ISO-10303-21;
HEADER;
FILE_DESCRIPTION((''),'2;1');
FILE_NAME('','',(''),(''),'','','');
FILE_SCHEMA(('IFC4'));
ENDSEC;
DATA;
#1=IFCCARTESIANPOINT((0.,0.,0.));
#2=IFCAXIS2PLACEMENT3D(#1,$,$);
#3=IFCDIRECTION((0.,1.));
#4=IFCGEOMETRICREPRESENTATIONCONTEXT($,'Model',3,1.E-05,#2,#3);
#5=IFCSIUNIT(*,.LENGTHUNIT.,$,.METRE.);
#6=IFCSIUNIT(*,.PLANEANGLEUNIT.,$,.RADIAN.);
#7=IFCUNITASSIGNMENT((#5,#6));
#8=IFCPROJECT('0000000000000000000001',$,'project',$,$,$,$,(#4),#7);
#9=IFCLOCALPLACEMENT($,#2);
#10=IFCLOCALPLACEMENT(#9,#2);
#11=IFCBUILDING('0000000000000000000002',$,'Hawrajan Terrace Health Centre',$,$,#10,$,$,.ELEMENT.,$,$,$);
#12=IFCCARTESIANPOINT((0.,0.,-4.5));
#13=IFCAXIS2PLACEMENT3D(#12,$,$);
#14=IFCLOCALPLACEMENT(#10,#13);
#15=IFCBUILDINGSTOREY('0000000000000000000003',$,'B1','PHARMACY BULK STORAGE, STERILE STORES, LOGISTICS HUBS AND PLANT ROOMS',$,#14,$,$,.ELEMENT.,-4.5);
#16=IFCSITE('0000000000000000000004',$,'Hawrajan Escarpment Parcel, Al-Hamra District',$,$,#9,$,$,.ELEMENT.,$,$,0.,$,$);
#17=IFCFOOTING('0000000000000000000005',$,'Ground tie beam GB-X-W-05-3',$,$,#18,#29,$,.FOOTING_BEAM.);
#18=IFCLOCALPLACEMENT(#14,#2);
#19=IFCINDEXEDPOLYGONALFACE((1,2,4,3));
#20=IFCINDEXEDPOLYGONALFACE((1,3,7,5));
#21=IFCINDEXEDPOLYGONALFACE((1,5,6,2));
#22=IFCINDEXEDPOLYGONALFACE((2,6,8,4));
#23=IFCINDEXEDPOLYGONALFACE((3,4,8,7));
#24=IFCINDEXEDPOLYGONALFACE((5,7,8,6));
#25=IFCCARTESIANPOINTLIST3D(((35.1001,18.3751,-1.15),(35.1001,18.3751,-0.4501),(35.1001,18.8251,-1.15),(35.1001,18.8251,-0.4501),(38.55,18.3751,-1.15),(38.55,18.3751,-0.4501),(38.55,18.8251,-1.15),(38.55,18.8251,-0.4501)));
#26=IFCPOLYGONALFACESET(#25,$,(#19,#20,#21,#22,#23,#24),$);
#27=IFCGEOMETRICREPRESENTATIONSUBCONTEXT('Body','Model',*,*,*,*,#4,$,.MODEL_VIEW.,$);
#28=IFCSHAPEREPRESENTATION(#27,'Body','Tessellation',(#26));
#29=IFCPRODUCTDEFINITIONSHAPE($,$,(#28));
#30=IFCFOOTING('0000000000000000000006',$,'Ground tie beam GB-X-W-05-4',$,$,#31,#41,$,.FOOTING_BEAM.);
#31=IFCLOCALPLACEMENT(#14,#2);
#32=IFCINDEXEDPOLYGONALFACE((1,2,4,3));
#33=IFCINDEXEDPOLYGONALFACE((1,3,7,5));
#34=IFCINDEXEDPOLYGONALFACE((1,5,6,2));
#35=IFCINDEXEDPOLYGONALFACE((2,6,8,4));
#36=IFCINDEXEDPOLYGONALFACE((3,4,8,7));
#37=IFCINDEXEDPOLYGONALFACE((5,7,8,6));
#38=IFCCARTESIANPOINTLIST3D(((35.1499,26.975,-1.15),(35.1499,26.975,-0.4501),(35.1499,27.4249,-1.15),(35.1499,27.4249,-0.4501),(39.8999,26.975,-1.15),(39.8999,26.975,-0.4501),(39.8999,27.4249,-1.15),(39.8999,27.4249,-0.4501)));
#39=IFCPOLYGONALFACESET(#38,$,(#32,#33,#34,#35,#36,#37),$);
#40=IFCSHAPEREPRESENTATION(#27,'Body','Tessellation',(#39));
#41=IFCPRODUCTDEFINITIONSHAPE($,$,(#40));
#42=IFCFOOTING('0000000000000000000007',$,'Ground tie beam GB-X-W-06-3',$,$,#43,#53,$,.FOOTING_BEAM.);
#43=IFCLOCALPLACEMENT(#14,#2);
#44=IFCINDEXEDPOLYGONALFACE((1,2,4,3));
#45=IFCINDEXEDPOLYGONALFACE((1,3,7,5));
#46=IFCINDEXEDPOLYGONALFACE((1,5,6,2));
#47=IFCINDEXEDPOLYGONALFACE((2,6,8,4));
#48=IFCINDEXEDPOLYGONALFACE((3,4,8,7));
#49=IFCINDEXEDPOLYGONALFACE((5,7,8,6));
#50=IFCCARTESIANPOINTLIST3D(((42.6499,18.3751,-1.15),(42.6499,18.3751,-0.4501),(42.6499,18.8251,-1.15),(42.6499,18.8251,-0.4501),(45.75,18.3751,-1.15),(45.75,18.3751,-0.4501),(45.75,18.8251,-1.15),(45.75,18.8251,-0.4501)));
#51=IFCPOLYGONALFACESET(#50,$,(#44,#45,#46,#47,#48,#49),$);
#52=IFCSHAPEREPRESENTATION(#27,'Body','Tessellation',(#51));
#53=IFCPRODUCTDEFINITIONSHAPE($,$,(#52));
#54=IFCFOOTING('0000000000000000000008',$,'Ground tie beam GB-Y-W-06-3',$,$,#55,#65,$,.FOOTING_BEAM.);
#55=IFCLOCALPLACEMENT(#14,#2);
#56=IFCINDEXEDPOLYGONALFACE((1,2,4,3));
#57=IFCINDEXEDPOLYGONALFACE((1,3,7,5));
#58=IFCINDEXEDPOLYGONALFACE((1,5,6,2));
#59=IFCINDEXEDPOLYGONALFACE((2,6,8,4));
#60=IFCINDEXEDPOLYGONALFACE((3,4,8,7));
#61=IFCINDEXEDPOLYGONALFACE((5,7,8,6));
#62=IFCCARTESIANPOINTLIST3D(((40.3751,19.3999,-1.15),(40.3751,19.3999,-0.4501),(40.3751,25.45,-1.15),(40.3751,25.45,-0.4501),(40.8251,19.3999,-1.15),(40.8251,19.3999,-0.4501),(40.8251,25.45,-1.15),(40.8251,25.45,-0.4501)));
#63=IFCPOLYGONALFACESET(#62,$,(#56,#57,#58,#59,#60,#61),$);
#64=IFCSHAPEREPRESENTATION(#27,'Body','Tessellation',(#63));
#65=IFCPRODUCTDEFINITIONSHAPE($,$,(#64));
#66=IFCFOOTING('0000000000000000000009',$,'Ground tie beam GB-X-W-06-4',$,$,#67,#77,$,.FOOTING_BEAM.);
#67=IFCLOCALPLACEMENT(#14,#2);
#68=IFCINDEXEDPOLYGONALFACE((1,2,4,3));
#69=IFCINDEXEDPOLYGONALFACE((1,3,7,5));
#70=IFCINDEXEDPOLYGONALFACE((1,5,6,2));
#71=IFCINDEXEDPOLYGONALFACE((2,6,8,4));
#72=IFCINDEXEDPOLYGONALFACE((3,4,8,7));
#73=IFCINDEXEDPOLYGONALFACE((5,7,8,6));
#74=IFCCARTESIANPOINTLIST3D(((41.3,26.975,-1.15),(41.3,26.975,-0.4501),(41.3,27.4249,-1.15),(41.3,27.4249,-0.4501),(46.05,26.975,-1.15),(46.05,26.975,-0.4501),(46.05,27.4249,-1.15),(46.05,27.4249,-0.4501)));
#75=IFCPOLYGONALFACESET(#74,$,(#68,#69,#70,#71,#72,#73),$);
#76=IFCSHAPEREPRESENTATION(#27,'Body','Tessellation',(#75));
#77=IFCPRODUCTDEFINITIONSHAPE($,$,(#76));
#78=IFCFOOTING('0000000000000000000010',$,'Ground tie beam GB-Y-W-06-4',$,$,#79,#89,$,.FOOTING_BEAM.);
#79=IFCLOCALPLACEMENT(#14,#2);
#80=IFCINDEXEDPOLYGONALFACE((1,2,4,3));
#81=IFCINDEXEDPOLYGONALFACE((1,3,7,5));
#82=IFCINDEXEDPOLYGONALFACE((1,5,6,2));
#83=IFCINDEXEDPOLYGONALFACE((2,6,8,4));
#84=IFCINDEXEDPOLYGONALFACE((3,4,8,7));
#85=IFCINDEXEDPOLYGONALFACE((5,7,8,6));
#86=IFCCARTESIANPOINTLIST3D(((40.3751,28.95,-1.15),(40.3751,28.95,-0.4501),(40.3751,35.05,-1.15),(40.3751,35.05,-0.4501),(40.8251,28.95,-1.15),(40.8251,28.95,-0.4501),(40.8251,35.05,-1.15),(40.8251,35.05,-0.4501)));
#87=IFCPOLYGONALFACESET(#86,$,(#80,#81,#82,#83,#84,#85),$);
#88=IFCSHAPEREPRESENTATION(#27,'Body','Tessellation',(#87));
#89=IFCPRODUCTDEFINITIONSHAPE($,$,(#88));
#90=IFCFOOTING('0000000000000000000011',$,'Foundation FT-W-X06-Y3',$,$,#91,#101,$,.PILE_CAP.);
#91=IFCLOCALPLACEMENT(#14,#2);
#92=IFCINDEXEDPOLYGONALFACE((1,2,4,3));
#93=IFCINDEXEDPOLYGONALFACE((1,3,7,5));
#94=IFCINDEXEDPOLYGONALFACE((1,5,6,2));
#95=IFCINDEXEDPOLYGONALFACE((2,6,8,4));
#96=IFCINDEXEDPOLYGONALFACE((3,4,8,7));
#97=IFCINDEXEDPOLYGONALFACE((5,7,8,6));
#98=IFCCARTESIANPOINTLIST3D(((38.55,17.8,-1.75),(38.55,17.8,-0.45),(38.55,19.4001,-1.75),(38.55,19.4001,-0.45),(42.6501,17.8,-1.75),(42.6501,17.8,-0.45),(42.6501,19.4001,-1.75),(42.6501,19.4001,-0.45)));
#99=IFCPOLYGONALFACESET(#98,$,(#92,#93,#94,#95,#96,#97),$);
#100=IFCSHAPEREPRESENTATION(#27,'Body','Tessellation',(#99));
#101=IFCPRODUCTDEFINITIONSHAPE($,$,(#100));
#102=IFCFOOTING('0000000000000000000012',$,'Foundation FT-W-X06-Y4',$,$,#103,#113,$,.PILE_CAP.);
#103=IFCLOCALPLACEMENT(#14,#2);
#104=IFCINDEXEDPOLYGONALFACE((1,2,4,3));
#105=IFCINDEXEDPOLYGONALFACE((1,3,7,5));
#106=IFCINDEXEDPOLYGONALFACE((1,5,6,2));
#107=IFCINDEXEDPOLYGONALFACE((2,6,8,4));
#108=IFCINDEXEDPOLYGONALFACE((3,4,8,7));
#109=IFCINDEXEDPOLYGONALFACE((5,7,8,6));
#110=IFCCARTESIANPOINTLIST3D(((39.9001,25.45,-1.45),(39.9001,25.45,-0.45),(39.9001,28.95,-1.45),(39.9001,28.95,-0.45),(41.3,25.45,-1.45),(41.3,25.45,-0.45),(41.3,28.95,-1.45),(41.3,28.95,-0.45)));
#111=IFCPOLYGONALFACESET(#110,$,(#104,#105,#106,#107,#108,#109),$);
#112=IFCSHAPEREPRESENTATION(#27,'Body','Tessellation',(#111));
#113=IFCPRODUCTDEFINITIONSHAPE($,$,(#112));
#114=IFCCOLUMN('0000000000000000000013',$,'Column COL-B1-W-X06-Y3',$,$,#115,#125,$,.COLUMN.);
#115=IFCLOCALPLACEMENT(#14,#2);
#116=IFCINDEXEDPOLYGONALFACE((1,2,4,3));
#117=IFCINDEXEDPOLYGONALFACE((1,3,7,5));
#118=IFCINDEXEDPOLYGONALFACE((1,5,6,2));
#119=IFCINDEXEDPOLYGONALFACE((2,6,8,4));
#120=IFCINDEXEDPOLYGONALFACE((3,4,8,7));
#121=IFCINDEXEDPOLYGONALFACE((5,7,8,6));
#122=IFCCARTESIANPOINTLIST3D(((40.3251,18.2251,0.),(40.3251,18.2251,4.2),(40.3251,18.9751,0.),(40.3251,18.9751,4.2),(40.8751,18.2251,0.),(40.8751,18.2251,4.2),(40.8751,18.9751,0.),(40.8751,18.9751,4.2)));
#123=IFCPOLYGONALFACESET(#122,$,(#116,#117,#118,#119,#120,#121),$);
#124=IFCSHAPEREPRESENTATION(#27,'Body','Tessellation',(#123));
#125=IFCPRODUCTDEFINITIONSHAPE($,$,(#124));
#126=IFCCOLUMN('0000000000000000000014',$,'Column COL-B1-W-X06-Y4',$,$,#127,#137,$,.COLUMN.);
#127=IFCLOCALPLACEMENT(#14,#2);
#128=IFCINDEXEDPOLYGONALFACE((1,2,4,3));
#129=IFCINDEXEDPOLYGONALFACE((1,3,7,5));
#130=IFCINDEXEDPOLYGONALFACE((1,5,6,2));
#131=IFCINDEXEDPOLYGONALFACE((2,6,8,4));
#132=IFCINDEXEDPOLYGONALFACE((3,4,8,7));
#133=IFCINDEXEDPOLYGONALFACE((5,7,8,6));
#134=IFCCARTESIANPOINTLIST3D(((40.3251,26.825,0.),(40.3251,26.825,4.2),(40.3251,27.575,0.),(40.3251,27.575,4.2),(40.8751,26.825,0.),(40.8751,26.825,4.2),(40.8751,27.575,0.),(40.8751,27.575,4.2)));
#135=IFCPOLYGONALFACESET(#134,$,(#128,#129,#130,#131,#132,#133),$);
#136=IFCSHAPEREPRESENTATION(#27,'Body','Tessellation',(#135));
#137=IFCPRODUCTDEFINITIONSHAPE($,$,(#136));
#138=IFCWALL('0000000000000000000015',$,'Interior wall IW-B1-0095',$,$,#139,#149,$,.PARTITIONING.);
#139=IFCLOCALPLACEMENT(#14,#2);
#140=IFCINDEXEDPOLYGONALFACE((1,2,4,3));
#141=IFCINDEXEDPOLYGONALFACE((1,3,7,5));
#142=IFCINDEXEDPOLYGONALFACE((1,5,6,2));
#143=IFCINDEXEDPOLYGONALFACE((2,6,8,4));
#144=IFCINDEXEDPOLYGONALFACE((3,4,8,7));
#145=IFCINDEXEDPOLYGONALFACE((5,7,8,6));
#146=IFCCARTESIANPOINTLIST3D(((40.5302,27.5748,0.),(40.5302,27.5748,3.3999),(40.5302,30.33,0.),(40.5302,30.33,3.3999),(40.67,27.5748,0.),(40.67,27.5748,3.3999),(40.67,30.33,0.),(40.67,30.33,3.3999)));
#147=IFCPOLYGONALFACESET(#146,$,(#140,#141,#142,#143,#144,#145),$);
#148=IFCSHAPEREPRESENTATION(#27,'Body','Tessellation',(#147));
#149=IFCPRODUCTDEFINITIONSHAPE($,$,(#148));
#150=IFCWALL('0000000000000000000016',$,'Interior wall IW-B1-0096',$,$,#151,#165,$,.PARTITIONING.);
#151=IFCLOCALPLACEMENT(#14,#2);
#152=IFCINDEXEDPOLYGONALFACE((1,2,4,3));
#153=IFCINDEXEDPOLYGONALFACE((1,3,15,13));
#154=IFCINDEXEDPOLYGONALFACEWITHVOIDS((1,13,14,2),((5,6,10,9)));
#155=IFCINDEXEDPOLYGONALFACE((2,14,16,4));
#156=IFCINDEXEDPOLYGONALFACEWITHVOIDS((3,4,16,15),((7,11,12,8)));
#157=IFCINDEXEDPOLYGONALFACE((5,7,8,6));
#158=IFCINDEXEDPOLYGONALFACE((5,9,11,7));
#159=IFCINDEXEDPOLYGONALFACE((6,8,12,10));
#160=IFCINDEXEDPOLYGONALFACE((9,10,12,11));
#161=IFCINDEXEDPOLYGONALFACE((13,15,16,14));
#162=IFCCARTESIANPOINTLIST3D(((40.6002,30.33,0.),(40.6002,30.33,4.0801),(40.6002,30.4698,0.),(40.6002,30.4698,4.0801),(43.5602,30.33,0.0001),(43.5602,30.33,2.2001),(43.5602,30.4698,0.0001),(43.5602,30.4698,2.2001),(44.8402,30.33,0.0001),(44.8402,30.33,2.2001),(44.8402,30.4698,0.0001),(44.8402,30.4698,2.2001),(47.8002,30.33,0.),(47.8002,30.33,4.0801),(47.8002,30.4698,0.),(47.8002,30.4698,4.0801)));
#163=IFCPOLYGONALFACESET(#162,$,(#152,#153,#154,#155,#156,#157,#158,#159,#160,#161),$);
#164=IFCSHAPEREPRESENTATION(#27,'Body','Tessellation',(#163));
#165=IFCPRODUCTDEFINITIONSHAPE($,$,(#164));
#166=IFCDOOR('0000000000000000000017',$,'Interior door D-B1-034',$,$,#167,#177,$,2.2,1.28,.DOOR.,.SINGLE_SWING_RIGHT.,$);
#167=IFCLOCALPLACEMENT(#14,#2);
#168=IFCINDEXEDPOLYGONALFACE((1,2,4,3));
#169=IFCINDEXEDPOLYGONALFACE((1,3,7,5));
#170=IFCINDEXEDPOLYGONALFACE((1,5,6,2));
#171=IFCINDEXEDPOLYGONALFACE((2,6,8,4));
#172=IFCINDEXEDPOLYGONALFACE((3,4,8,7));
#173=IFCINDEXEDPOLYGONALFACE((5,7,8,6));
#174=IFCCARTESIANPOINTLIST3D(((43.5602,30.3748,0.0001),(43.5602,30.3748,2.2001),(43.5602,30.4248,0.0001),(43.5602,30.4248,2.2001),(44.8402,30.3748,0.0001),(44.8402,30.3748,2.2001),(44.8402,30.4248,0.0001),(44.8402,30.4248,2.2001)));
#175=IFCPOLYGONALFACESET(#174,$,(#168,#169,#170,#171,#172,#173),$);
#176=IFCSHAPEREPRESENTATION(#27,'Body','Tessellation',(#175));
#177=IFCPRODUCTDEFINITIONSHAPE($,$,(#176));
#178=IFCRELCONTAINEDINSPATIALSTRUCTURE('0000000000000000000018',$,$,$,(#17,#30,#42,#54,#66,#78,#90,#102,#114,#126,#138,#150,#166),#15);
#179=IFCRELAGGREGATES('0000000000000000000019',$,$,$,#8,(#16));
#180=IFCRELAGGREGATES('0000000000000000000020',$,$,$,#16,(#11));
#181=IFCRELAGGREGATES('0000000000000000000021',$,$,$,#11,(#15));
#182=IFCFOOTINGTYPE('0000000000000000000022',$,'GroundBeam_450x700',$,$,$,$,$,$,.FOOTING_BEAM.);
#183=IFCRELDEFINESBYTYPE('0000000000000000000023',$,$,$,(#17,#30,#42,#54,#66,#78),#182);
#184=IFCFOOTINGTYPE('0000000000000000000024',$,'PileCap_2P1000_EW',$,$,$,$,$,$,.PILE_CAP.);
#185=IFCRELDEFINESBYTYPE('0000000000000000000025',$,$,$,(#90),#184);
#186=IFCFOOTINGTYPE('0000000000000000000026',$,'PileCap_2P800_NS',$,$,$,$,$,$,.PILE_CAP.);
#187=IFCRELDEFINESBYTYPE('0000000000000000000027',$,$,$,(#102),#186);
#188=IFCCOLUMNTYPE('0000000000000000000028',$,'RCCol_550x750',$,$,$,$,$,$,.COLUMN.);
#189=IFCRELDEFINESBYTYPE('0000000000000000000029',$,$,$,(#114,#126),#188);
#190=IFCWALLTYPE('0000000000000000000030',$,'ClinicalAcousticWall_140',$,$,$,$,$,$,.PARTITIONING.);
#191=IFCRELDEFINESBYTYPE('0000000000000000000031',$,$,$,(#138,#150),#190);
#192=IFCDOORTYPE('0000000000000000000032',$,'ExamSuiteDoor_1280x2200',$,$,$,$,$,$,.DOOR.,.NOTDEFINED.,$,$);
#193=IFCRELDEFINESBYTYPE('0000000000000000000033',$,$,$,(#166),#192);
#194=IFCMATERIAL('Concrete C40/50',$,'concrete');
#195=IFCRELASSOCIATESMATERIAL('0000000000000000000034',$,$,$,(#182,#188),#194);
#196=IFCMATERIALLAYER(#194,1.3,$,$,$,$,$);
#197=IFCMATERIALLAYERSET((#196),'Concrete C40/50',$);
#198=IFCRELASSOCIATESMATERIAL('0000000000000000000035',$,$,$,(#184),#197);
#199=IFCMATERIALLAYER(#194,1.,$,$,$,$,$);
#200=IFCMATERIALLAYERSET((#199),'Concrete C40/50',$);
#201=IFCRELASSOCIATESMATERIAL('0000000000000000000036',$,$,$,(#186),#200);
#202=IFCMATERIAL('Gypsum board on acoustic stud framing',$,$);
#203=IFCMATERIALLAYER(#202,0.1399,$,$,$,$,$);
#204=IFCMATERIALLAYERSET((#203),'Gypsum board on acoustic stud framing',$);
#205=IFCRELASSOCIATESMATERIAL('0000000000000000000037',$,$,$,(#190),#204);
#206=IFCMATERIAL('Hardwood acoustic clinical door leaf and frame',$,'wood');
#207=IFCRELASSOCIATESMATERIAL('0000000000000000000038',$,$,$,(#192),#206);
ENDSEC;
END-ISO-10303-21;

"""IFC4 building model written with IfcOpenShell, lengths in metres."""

from ifc_helpers import new_model, si_unit, direction, frame, frame_2d, origin, origin_2d, place, context, subcontext, project, spatial, rectangle, extrude, material, layer, layer_set, material_profile, profile_set, type_object, element, fill, save


model = new_model("IFC4")

# Units and contexts
model_context = context("Model", 3, precision=1e-05, world=origin(), true_north=direction((0.0, 1.0)))
body_context = subcontext(model_context, "Body", "Model", "MODEL_VIEW")
ifc_project = project(units=[si_unit("LENGTHUNIT", "METRE"), si_unit("PLANEANGLEUNIT", "RADIAN")], contexts=[model_context])

# Site, building, storey
site_placement = place(None, origin())
site = spatial("IfcSite", under=ifc_project, at=site_placement, Name="Hawrajan Escarpment Parcel, Al-Hamra District", CompositionType="ELEMENT", RefElevation=0.0)
building_placement = place(site_placement, origin())
building = spatial("IfcBuilding", under=site, at=building_placement, Name="Hawrajan Terrace Health Centre", CompositionType="ELEMENT")
storey_placement = place(building_placement, frame((0.0, 0.0, -4.5)))
storey = spatial("IfcBuildingStorey", under=building, at=storey_placement, Name="B1", Description="PHARMACY BULK STORAGE, STERILE STORES, LOGISTICS HUBS AND PLANT ROOMS", CompositionType="ELEMENT", Elevation=-4.5)

# Shared definitions
ifc_material_1 = material(Name="Concrete C40/50", Category="concrete")

# Footings
ifc_material_profile_1 = material_profile(ifc_material_1, rectangle(XDim=0.45, YDim=0.7, at=origin_2d()), Name="RC BM 450x700")
ifc_profile_set_1 = profile_set([ifc_material_profile_1], Name="Concrete C40/50")
footing_type_1 = type_object("IfcFootingType", Name="GroundBeam_450x700", PredefinedType="FOOTING_BEAM", material=ifc_profile_set_1)
footing_1_placement = place(storey_placement, frame((35.1001, 18.6001, -0.8), z_axis=(1.0, 0.0, 0.0), x_axis=(0.0, 1.0, 0.0)))
element("IfcFooting", 1, at=footing_1_placement, inside=storey, type_object=footing_type_1, Name="Ground tie beam GB-X-W-05-3", PredefinedType="FOOTING_BEAM", context=body_context, shape_type="SweptSolid", body=[
    extrude(rectangle(XDim=0.45, YDim=0.7, at=origin_2d()), origin(), (0.0, 0.0, 1.0), 3.45),
])
footing_2_placement = place(storey_placement, frame((35.1499, 27.2, -0.8), z_axis=(1.0, 0.0, 0.0), x_axis=(0.0, 1.0, 0.0)))
element("IfcFooting", 2, at=footing_2_placement, inside=storey, type_object=footing_type_1, Name="Ground tie beam GB-X-W-05-4", PredefinedType="FOOTING_BEAM", context=body_context, shape_type="SweptSolid", body=[
    extrude(rectangle(XDim=0.45, YDim=0.7, at=origin_2d()), origin(), (0.0, 0.0, 1.0), 4.75),
])
footing_3_placement = place(storey_placement, frame((42.6499, 18.6001, -0.8), z_axis=(1.0, 0.0, 0.0), x_axis=(0.0, 1.0, 0.0)))
element("IfcFooting", 3, at=footing_3_placement, inside=storey, type_object=footing_type_1, Name="Ground tie beam GB-X-W-06-3", PredefinedType="FOOTING_BEAM", context=body_context, shape_type="SweptSolid", body=[
    extrude(rectangle(XDim=0.45, YDim=0.7, at=origin_2d()), origin(), (0.0, 0.0, 1.0), 3.1001),
])
footing_4_placement = place(storey_placement, frame((40.6001, 19.3999, -0.8), z_axis=(0.0, 1.0, 0.0), x_axis=(-1.0, 0.0, 0.0)))
element("IfcFooting", 4, at=footing_4_placement, inside=storey, type_object=footing_type_1, Name="Ground tie beam GB-Y-W-06-3", PredefinedType="FOOTING_BEAM", context=body_context, shape_type="SweptSolid", body=[
    extrude(rectangle(XDim=0.45, YDim=0.7, at=origin_2d()), origin(), (0.0, 0.0, 1.0), 6.05),
])
footing_5_placement = place(storey_placement, frame((41.3, 27.2, -0.8), z_axis=(1.0, 0.0, 0.0), x_axis=(0.0, 1.0, 0.0)))
element("IfcFooting", 5, at=footing_5_placement, inside=storey, type_object=footing_type_1, Name="Ground tie beam GB-X-W-06-4", PredefinedType="FOOTING_BEAM", context=body_context, shape_type="SweptSolid", body=[
    extrude(rectangle(XDim=0.45, YDim=0.7, at=origin_2d()), origin(), (0.0, 0.0, 1.0), 4.75),
])
footing_6_placement = place(storey_placement, frame((40.6001, 28.95, -0.8), z_axis=(0.0, 1.0, 0.0), x_axis=(-1.0, 0.0, 0.0)))
element("IfcFooting", 6, at=footing_6_placement, inside=storey, type_object=footing_type_1, Name="Ground tie beam GB-Y-W-06-4", PredefinedType="FOOTING_BEAM", context=body_context, shape_type="SweptSolid", body=[
    extrude(rectangle(XDim=0.45, YDim=0.7, at=origin_2d()), origin(), (0.0, 0.0, 1.0), 6.1001),
])
ifc_layer_1 = layer(ifc_material_1, 1.3)
ifc_layer_set_1 = layer_set([ifc_layer_1], Name="Concrete C40/50")
footing_type_2 = type_object("IfcFootingType", Name="PileCap_2P1000_EW", PredefinedType="PILE_CAP", material=ifc_layer_set_1)
footing_7_placement = place(storey_placement, frame((40.6001, 18.6001, -1.75), z_axis=(0.0, 0.0, 1.0), x_axis=(1.0, 0.0, 0.0)))
element("IfcFooting", 7, at=footing_7_placement, inside=storey, type_object=footing_type_2, Name="Foundation FT-W-X06-Y3", PredefinedType="PILE_CAP", context=body_context, shape_type="SweptSolid", body=[
    extrude(rectangle(XDim=4.1001, YDim=1.6001, at=origin_2d()), origin(), (0.0, 0.0, 1.0), 1.3),
])
ifc_layer_2 = layer(ifc_material_1, 1.0)
ifc_layer_set_2 = layer_set([ifc_layer_2], Name="Concrete C40/50")
footing_type_3 = type_object("IfcFootingType", Name="PileCap_2P800_NS", PredefinedType="PILE_CAP", material=ifc_layer_set_2)
footing_8_placement = place(storey_placement, frame((40.6001, 27.2, -1.45), z_axis=(0.0, 0.0, 1.0), x_axis=(1.0, 0.0, 0.0)))
element("IfcFooting", 8, at=footing_8_placement, inside=storey, type_object=footing_type_3, Name="Foundation FT-W-X06-Y4", PredefinedType="PILE_CAP", context=body_context, shape_type="SweptSolid", body=[
    extrude(rectangle(XDim=1.3999, YDim=3.5, at=origin_2d()), origin(), (0.0, 0.0, 1.0), 1.0),
])

# Columns
ifc_material_profile_2 = material_profile(ifc_material_1, rectangle(XDim=0.55, YDim=0.75, at=origin_2d()), Name="RC 550x750")
ifc_profile_set_2 = profile_set([ifc_material_profile_2], Name="Concrete C40/50")
column_type = type_object("IfcColumnType", Name="RCCol_550x750", PredefinedType="COLUMN", material=ifc_profile_set_2)
for number, where, z_axis, x_axis, name in (
    (9, (40.6001, 18.6001, 0.0), (0.0, 0.0, 1.0), (1.0, 0.0, 0.0), "Column COL-B1-W-X06-Y3"),
    (10, (40.6001, 27.2, 0.0), (0.0, 0.0, 1.0), (1.0, 0.0, 0.0), "Column COL-B1-W-X06-Y4"),
):
    element("IfcColumn", number, at=place(storey_placement, frame(where, z_axis=z_axis, x_axis=x_axis)), inside=storey, type_object=column_type, Name=name, PredefinedType="COLUMN", context=body_context, shape_type="SweptSolid", body=[
        extrude(rectangle(XDim=0.55, YDim=0.75, at=origin_2d()), origin(), (0.0, 0.0, 1.0), 4.2),
    ])

# Wall
ifc_material_2 = material(Name="Gypsum board on acoustic stud framing")
ifc_layer_3 = layer(ifc_material_2, 0.1399)
ifc_layer_set_3 = layer_set([ifc_layer_3], Name="Gypsum board on acoustic stud framing")
wall_type_1 = type_object("IfcWallType", Name="ClinicalAcousticWall_140", PredefinedType="PARTITIONING", material=ifc_layer_set_3)
wall_1_placement = place(storey_placement, frame((40.6001, 27.575, 0.0), z_axis=(0.0, 0.0, 1.0), x_axis=(0.0, 1.0, 0.0)))
element("IfcWall", 11, at=wall_1_placement, inside=storey, type_object=wall_type_1, Name="Interior wall IW-B1-0095", PredefinedType="PARTITIONING", context=body_context, shape_type="SweptSolid", body=[
    extrude(rectangle(XDim=2.7551, YDim=0.1399, at=frame_2d((1.3774, 0.0))), origin(), (0.0, 0.0, 1.0), 3.3999),
])

# Wall, opening, door
wall_2_placement = place(storey_placement, frame((40.6001, 30.3999, 0.0), z_axis=(0.0, 0.0, 1.0), x_axis=(1.0, 0.0, 0.0)))
wall_2 = element("IfcWall", 12, at=wall_2_placement, inside=storey, type_object=wall_type_1, Name="Interior wall IW-B1-0096", PredefinedType="PARTITIONING", context=body_context, shape_type="SweptSolid", body=[
    extrude(rectangle(XDim=7.2, YDim=0.1399, at=frame_2d((3.6001, 0.0))), origin(), (0.0, 0.0, 1.0), 4.0801),
])
opening_1_placement = place(wall_2_placement, frame((2.96, 0.0, 0.0)))
opening_1 = element("IfcOpeningElement", 13, at=opening_1_placement, cuts=wall_2, PredefinedType="OPENING", context=body_context, shape_type="SweptSolid", body=[
    extrude(rectangle(XDim=1.28, YDim=2.2, at=frame_2d((0.6401, 1.1001))), frame((0.0, 0.0798, 0.0), z_axis=(0.0, -1.0, 0.0), x_axis=(1.0, 0.0, 0.0)), (0.0, 0.0, 1.0), 0.1599),
])
ifc_material_3 = material(Name="Hardwood acoustic clinical door leaf and frame", Category="wood")
door_type_1 = type_object("IfcDoorType", Name="ExamSuiteDoor_1280x2200", OperationType="NOTDEFINED", PredefinedType="DOOR", material=ifc_material_3)
door_1_placement = place(opening_1_placement, origin())
door_1 = element("IfcDoor", 14, at=door_1_placement, inside=storey, type_object=door_type_1, Name="Interior door D-B1-034", OperationType="SINGLE_SWING_RIGHT", OverallHeight=2.2, OverallWidth=1.28, PredefinedType="DOOR", context=body_context, shape_type="SweptSolid", body=[
    extrude(rectangle(XDim=1.28, YDim=2.2, at=frame_2d((0.6401, 1.1001))), frame((0.0, 0.0249, 0.0), z_axis=(0.0, -1.0, 0.0), x_axis=(1.0, 0.0, 0.0)), (0.0, 0.0, 1.0), 0.05),
])
fill(opening_1, door_1)

save(model, "model.ifc")
